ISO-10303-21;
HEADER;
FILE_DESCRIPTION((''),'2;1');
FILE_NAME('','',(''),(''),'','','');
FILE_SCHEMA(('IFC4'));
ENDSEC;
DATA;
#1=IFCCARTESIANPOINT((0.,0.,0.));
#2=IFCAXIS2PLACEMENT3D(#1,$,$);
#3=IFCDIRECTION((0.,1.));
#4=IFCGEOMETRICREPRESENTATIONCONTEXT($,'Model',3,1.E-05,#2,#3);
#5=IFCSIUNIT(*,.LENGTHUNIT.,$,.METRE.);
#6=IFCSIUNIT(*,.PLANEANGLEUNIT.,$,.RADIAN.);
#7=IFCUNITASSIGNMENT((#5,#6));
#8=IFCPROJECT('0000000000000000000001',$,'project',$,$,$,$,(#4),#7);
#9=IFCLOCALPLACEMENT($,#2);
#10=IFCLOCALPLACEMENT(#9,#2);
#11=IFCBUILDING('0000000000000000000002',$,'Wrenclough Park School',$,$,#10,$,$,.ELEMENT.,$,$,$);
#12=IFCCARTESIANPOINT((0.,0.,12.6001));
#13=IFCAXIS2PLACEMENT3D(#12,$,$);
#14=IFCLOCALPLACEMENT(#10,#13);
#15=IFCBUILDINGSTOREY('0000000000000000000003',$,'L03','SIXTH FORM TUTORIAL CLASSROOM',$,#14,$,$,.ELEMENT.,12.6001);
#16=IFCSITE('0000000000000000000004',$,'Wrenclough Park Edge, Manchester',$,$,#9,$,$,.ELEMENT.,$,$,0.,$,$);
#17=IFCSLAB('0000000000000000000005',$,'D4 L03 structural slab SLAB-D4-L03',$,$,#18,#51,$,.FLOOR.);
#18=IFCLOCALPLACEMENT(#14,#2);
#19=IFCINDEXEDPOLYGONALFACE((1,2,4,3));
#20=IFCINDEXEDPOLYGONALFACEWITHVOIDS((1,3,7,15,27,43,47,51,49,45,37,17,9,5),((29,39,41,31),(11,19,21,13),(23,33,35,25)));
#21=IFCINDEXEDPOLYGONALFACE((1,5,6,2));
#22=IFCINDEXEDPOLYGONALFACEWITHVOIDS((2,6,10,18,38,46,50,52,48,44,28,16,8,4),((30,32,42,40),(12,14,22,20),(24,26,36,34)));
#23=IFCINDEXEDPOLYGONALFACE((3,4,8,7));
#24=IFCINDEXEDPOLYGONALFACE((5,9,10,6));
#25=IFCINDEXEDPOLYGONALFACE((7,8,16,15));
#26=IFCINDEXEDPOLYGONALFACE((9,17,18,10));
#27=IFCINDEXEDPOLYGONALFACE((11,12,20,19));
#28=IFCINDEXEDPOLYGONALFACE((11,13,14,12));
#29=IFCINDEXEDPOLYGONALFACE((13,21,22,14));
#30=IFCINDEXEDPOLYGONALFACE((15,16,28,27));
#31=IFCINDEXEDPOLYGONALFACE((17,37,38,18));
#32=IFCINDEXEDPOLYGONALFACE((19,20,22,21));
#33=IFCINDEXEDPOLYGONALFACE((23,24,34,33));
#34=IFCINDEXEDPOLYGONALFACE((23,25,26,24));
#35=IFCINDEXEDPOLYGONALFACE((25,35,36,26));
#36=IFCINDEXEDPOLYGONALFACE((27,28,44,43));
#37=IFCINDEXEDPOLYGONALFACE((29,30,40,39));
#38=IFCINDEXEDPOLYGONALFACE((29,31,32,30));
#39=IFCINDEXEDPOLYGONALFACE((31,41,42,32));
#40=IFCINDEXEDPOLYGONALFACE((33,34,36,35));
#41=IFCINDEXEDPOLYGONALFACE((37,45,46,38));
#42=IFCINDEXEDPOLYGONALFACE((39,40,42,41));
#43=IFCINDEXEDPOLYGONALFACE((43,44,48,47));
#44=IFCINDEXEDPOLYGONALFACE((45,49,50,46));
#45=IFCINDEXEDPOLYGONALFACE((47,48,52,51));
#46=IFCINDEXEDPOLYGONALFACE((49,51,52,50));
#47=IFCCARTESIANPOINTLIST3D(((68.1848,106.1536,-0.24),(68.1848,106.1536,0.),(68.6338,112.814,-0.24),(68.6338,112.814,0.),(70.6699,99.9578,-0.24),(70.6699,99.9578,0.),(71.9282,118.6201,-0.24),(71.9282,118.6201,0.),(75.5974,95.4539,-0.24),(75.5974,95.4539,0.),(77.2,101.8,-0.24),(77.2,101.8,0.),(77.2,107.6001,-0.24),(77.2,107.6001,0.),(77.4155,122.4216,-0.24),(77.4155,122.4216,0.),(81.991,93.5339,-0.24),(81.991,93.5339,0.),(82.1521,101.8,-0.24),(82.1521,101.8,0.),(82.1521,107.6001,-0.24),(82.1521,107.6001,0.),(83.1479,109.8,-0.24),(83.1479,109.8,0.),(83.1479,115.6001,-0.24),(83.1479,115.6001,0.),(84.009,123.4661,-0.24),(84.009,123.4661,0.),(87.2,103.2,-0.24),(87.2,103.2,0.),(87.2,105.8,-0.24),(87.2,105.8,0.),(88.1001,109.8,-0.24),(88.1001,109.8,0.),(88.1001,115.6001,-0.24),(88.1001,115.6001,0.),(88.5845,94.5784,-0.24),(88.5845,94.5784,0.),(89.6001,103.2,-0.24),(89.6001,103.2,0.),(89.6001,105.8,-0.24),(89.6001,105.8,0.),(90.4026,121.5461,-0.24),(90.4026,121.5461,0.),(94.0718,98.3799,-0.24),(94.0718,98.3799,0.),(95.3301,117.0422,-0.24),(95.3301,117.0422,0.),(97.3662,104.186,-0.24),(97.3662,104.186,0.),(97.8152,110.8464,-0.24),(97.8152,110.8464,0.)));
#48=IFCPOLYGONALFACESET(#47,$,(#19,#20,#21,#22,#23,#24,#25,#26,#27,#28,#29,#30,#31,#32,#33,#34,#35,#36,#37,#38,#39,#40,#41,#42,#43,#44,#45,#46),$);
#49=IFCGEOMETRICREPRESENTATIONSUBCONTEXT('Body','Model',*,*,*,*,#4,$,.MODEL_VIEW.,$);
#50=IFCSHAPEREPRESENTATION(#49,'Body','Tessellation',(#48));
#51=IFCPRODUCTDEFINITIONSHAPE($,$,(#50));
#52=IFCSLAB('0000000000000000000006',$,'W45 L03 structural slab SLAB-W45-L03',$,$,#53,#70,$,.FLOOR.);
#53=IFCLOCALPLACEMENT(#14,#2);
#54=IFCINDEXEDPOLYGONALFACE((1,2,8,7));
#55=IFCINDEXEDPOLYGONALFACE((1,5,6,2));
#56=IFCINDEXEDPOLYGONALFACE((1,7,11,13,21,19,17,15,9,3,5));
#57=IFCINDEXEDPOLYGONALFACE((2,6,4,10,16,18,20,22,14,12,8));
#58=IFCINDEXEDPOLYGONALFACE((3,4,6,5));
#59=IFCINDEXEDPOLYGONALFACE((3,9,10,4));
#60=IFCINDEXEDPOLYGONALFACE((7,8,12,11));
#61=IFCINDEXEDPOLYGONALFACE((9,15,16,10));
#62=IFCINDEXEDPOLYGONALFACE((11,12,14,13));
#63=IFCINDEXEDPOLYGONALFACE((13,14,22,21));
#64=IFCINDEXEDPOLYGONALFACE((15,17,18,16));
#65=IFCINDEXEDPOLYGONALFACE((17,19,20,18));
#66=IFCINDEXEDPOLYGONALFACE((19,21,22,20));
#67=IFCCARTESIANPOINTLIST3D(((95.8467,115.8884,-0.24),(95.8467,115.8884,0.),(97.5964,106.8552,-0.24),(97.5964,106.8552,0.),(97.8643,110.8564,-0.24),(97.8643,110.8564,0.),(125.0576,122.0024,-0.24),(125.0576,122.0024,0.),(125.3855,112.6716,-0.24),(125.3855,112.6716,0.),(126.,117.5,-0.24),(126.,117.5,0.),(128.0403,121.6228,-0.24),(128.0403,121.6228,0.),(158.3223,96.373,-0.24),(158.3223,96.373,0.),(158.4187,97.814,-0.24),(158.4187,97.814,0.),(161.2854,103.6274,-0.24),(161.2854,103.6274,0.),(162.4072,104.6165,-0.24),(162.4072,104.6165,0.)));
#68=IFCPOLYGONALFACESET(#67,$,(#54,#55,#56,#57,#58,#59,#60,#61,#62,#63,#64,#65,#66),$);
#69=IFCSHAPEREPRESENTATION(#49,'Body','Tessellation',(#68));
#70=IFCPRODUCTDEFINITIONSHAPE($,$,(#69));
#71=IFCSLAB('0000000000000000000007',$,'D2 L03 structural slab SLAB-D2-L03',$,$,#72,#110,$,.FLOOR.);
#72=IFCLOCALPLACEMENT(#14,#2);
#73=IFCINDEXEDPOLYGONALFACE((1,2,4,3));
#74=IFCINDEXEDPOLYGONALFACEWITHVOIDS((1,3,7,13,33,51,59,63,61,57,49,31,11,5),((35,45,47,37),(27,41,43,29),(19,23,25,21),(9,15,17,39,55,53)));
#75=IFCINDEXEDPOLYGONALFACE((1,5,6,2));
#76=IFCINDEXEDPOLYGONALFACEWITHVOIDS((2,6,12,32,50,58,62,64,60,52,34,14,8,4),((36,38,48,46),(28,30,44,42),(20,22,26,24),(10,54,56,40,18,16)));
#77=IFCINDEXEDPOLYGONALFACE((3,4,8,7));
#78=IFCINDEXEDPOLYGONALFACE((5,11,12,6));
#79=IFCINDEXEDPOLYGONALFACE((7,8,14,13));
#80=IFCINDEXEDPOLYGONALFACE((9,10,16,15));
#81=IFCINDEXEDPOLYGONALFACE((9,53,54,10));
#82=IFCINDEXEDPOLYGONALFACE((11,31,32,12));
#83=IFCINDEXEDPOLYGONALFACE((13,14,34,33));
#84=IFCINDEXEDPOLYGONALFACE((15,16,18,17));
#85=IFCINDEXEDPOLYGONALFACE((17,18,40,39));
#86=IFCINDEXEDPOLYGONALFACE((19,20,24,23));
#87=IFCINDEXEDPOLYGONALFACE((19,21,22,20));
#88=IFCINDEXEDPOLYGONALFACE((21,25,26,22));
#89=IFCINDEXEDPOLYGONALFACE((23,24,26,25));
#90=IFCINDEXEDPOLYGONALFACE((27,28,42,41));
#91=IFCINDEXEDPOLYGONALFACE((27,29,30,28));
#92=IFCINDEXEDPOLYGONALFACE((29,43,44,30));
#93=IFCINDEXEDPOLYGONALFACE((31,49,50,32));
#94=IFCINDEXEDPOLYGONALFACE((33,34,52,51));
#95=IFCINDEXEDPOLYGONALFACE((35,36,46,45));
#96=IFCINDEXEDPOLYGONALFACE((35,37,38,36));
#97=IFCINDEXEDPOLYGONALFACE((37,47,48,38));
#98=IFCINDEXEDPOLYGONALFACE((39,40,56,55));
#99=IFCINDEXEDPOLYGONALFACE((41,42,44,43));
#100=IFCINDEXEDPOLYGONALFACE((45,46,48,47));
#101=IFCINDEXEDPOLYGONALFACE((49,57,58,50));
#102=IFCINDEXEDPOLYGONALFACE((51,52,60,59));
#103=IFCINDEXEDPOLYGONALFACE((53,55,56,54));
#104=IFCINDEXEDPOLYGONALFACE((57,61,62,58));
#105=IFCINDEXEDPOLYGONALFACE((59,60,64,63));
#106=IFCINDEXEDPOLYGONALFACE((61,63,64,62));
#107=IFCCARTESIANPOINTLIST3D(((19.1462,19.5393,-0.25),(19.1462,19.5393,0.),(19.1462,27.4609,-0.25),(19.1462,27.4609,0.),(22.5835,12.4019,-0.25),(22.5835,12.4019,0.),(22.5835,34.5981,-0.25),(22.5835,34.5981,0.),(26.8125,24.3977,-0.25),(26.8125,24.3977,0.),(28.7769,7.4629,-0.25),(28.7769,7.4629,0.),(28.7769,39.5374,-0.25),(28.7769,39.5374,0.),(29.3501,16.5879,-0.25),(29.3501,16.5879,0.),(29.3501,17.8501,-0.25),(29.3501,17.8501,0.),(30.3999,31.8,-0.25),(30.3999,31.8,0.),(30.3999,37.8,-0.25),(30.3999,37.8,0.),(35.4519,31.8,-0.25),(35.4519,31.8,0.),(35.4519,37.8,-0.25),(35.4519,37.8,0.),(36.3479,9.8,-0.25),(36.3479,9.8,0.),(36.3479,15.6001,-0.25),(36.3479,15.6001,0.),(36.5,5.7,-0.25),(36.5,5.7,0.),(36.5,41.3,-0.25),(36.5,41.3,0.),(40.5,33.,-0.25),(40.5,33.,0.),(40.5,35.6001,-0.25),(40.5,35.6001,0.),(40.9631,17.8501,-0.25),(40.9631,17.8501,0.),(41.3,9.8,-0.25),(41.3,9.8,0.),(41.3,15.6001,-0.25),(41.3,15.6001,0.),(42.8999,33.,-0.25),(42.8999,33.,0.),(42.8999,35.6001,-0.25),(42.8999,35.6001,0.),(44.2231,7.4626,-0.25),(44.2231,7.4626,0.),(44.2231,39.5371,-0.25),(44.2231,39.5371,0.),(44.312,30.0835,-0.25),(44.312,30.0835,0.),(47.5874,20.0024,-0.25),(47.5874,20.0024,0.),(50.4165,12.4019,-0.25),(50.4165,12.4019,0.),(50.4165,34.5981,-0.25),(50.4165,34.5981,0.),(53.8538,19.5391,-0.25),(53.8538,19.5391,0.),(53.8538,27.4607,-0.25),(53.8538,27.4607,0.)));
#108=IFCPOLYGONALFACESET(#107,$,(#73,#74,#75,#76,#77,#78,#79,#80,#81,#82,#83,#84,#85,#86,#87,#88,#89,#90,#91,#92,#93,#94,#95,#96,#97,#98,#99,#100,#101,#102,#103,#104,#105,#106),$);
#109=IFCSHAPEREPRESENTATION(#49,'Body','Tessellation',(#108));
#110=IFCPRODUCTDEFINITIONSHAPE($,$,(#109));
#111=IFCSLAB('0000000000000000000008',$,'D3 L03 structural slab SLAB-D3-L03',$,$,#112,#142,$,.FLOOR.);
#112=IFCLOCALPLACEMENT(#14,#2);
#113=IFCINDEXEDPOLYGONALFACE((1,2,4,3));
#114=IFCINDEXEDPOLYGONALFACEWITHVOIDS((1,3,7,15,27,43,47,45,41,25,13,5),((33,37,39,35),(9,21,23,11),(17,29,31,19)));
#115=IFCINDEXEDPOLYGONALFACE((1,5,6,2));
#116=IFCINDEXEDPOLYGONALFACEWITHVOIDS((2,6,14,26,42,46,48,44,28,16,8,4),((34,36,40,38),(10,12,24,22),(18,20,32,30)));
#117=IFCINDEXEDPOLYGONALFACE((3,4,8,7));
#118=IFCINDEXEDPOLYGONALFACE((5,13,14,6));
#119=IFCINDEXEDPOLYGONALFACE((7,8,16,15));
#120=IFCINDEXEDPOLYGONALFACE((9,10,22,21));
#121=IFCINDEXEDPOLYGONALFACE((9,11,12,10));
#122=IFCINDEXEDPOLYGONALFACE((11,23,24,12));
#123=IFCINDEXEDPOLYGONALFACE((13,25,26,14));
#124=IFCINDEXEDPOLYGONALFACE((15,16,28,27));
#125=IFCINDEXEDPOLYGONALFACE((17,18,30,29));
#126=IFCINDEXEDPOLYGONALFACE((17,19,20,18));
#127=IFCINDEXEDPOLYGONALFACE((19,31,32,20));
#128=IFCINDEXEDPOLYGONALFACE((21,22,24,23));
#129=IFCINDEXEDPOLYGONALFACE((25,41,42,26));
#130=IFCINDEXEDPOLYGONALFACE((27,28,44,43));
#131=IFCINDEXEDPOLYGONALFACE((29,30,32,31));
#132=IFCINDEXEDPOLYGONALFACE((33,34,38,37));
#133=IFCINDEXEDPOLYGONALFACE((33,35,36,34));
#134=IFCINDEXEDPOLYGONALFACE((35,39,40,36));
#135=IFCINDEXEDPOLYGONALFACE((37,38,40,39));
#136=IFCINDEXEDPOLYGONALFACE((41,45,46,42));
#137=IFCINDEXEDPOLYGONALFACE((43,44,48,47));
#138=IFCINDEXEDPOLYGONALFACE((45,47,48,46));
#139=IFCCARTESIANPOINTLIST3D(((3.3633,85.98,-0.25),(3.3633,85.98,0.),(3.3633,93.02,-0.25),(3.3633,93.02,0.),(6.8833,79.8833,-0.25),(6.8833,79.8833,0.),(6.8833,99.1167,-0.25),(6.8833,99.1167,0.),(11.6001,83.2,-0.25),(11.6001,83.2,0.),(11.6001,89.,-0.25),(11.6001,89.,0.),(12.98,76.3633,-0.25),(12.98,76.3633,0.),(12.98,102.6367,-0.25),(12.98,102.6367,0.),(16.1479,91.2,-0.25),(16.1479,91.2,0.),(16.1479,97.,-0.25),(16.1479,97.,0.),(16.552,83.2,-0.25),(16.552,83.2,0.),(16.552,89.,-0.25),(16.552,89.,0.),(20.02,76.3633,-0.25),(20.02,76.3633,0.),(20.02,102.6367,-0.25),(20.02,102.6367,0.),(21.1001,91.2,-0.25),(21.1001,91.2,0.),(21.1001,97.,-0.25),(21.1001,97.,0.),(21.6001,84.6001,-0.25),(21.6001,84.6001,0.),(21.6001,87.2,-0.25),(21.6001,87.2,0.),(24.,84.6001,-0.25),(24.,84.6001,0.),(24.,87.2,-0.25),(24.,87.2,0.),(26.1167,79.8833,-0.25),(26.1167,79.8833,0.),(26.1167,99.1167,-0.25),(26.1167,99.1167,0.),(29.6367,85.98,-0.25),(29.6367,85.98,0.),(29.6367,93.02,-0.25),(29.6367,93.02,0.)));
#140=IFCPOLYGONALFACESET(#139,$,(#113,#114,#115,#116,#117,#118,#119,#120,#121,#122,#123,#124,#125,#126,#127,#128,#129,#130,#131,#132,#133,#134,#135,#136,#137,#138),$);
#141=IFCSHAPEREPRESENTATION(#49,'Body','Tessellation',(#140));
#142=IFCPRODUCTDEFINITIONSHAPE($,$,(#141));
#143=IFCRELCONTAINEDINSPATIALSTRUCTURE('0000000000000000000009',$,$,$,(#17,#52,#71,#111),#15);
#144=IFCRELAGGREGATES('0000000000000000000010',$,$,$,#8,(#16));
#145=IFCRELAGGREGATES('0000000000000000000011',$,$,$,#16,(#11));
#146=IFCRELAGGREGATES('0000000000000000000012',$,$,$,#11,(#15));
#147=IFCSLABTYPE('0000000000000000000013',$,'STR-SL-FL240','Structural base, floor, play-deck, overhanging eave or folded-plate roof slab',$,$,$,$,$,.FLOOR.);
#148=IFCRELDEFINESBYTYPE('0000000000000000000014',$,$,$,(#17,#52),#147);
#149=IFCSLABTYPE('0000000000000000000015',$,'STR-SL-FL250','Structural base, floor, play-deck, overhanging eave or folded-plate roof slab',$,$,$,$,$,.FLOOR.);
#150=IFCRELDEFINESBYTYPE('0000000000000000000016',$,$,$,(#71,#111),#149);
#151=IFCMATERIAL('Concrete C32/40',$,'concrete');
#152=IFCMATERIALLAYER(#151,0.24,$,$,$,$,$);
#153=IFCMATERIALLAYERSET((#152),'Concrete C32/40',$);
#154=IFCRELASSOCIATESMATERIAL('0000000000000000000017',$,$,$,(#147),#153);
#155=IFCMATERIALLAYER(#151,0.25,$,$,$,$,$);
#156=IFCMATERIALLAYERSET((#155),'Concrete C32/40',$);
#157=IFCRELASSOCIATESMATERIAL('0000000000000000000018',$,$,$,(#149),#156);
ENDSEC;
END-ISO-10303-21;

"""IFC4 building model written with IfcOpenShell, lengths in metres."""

from ifc_helpers import new_model, si_unit, direction, frame, origin, place, context, subcontext, project, spatial, polyline, outline, extrude, material, layer, layer_set, type_object, element, save


model = new_model("IFC4")

# Units and contexts
model_context = context("Model", 3, precision=1e-05, world=origin(), true_north=direction((0.0, 1.0)))
body_context = subcontext(model_context, "Body", "Model", "MODEL_VIEW")
ifc_project = project(units=[si_unit("LENGTHUNIT", "METRE"), si_unit("PLANEANGLEUNIT", "RADIAN")], contexts=[model_context])

# Site, building, storey
site_placement = place(None, origin())
site = spatial("IfcSite", under=ifc_project, at=site_placement, Name="Wrenclough Park Edge, Manchester", CompositionType="ELEMENT", RefElevation=0.0)
building_placement = place(site_placement, origin())
building = spatial("IfcBuilding", under=site, at=building_placement, Name="Wrenclough Park School", CompositionType="ELEMENT")
storey_placement = place(building_placement, frame((0.0, 0.0, 12.6001)))
storey = spatial("IfcBuildingStorey", under=building, at=storey_placement, Name="L03", Description="SIXTH FORM TUTORIAL CLASSROOM", CompositionType="ELEMENT", Elevation=12.6001)

# Slabs
ifc_material_1 = material(Name="Concrete C32/40", Category="concrete")
ifc_layer_1 = layer(ifc_material_1, 0.24)
ifc_layer_set_1 = layer_set([ifc_layer_1], Name="Concrete C32/40")
slab_type_1 = type_object("IfcSlabType", Name="STR-SL-FL240", Description="Structural base, floor, play-deck, overhanging eave or folded-plate roof slab", PredefinedType="FLOOR", material=ifc_layer_set_1)
slab_1_placement = place(storey_placement, frame((0.0, 0.0, -0.24)))
element("IfcSlab", 1, at=slab_1_placement, inside=storey, type_object=slab_type_1, Name="D4 L03 structural slab SLAB-D4-L03", PredefinedType="FLOOR", context=body_context, shape_type="SweptSolid", body=[
    extrude(outline(polyline([(97.8152, 110.8464), (95.3301, 117.0422), (90.4026, 121.5461), (84.009, 123.4661), (77.4155, 122.4216), (71.9282, 118.6201), (68.6338, 112.814), (68.1848, 106.1536), (70.6699, 99.9578), (75.5974, 95.4539), (81.991, 93.5339), (88.5845, 94.5784), (94.0718, 98.3799), (97.3662, 104.186), (97.8152, 110.8464)]), holes=[polyline([(77.2, 101.8), (82.1521, 101.8), (82.1521, 107.6001), (77.2, 107.6001), (77.2, 101.8)]), polyline([(87.2, 103.2), (89.6001, 103.2), (89.6001, 105.8), (87.2, 105.8), (87.2, 103.2)]), polyline([(83.1479, 109.8), (88.1001, 109.8), (88.1001, 115.6001), (83.1479, 115.6001), (83.1479, 109.8)])]), origin(), (0.0, 0.0, 1.0), 0.24),
])
slab_2_placement = place(storey_placement, frame((0.0, 0.0, -0.24)))
element("IfcSlab", 2, at=slab_2_placement, inside=storey, type_object=slab_type_1, Name="W45 L03 structural slab SLAB-W45-L03", PredefinedType="FLOOR", context=body_context, shape_type="SweptSolid", body=[
    extrude(outline(polyline([(125.3855, 112.6716), (158.3223, 96.373), (158.4187, 97.814), (161.2854, 103.6274), (162.4072, 104.6165), (128.0403, 121.6228), (126.0, 117.5), (125.0576, 122.0024), (95.8467, 115.8884), (97.8643, 110.8564), (97.5964, 106.8552), (125.3855, 112.6716)])), origin(), (0.0, 0.0, 1.0), 0.24),
])
ifc_layer_2 = layer(ifc_material_1, 0.25)
ifc_layer_set_2 = layer_set([ifc_layer_2], Name="Concrete C32/40")
slab_type_2 = type_object("IfcSlabType", Name="STR-SL-FL250", Description="Structural base, floor, play-deck, overhanging eave or folded-plate roof slab", PredefinedType="FLOOR", material=ifc_layer_set_2)
slab_3_placement = place(storey_placement, frame((0.0, 0.0, -0.25)))
element("IfcSlab", 3, at=slab_3_placement, inside=storey, type_object=slab_type_2, Name="D2 L03 structural slab SLAB-D2-L03", PredefinedType="FLOOR", context=body_context, shape_type="SweptSolid", body=[
    extrude(outline(polyline([(53.8538, 27.4607), (50.4165, 34.5981), (44.2231, 39.5371), (36.5, 41.3), (28.7769, 39.5374), (22.5835, 34.5981), (19.1462, 27.4609), (19.1462, 19.5393), (22.5835, 12.4019), (28.7769, 7.4629), (36.5, 5.7), (44.2231, 7.4626), (50.4165, 12.4019), (53.8538, 19.5391), (53.8538, 27.4607)]), holes=[polyline([(26.8125, 24.3977), (29.3501, 16.5879), (29.3501, 17.8501), (40.9631, 17.8501), (47.5874, 20.0024), (44.312, 30.0835), (26.8125, 24.3977)]), polyline([(30.3999, 31.8), (35.4519, 31.8), (35.4519, 37.8), (30.3999, 37.8), (30.3999, 31.8)]), polyline([(40.5, 33.0), (42.8999, 33.0), (42.8999, 35.6001), (40.5, 35.6001), (40.5, 33.0)]), polyline([(36.3479, 9.8), (41.3, 9.8), (41.3, 15.6001), (36.3479, 15.6001), (36.3479, 9.8)])]), origin(), (0.0, 0.0, 1.0), 0.25),
])
slab_4_placement = place(storey_placement, frame((0.0, 0.0, -0.25)))
element("IfcSlab", 4, at=slab_4_placement, inside=storey, type_object=slab_type_2, Name="D3 L03 structural slab SLAB-D3-L03", PredefinedType="FLOOR", context=body_context, shape_type="SweptSolid", body=[
    extrude(outline(polyline([(29.6367, 93.02), (26.1167, 99.1167), (20.02, 102.6367), (12.98, 102.6367), (6.8833, 99.1167), (3.3633, 93.02), (3.3633, 85.98), (6.8833, 79.8833), (12.98, 76.3633), (20.02, 76.3633), (26.1167, 79.8833), (29.6367, 85.98), (29.6367, 93.02)]), holes=[polyline([(11.6001, 83.2), (16.552, 83.2), (16.552, 89.0), (11.6001, 89.0), (11.6001, 83.2)]), polyline([(21.6001, 84.6001), (24.0, 84.6001), (24.0, 87.2), (21.6001, 87.2), (21.6001, 84.6001)]), polyline([(16.1479, 91.2), (21.1001, 91.2), (21.1001, 97.0), (16.1479, 97.0), (16.1479, 91.2)])]), origin(), (0.0, 0.0, 1.0), 0.25),
])

save(model, "model.ifc")
